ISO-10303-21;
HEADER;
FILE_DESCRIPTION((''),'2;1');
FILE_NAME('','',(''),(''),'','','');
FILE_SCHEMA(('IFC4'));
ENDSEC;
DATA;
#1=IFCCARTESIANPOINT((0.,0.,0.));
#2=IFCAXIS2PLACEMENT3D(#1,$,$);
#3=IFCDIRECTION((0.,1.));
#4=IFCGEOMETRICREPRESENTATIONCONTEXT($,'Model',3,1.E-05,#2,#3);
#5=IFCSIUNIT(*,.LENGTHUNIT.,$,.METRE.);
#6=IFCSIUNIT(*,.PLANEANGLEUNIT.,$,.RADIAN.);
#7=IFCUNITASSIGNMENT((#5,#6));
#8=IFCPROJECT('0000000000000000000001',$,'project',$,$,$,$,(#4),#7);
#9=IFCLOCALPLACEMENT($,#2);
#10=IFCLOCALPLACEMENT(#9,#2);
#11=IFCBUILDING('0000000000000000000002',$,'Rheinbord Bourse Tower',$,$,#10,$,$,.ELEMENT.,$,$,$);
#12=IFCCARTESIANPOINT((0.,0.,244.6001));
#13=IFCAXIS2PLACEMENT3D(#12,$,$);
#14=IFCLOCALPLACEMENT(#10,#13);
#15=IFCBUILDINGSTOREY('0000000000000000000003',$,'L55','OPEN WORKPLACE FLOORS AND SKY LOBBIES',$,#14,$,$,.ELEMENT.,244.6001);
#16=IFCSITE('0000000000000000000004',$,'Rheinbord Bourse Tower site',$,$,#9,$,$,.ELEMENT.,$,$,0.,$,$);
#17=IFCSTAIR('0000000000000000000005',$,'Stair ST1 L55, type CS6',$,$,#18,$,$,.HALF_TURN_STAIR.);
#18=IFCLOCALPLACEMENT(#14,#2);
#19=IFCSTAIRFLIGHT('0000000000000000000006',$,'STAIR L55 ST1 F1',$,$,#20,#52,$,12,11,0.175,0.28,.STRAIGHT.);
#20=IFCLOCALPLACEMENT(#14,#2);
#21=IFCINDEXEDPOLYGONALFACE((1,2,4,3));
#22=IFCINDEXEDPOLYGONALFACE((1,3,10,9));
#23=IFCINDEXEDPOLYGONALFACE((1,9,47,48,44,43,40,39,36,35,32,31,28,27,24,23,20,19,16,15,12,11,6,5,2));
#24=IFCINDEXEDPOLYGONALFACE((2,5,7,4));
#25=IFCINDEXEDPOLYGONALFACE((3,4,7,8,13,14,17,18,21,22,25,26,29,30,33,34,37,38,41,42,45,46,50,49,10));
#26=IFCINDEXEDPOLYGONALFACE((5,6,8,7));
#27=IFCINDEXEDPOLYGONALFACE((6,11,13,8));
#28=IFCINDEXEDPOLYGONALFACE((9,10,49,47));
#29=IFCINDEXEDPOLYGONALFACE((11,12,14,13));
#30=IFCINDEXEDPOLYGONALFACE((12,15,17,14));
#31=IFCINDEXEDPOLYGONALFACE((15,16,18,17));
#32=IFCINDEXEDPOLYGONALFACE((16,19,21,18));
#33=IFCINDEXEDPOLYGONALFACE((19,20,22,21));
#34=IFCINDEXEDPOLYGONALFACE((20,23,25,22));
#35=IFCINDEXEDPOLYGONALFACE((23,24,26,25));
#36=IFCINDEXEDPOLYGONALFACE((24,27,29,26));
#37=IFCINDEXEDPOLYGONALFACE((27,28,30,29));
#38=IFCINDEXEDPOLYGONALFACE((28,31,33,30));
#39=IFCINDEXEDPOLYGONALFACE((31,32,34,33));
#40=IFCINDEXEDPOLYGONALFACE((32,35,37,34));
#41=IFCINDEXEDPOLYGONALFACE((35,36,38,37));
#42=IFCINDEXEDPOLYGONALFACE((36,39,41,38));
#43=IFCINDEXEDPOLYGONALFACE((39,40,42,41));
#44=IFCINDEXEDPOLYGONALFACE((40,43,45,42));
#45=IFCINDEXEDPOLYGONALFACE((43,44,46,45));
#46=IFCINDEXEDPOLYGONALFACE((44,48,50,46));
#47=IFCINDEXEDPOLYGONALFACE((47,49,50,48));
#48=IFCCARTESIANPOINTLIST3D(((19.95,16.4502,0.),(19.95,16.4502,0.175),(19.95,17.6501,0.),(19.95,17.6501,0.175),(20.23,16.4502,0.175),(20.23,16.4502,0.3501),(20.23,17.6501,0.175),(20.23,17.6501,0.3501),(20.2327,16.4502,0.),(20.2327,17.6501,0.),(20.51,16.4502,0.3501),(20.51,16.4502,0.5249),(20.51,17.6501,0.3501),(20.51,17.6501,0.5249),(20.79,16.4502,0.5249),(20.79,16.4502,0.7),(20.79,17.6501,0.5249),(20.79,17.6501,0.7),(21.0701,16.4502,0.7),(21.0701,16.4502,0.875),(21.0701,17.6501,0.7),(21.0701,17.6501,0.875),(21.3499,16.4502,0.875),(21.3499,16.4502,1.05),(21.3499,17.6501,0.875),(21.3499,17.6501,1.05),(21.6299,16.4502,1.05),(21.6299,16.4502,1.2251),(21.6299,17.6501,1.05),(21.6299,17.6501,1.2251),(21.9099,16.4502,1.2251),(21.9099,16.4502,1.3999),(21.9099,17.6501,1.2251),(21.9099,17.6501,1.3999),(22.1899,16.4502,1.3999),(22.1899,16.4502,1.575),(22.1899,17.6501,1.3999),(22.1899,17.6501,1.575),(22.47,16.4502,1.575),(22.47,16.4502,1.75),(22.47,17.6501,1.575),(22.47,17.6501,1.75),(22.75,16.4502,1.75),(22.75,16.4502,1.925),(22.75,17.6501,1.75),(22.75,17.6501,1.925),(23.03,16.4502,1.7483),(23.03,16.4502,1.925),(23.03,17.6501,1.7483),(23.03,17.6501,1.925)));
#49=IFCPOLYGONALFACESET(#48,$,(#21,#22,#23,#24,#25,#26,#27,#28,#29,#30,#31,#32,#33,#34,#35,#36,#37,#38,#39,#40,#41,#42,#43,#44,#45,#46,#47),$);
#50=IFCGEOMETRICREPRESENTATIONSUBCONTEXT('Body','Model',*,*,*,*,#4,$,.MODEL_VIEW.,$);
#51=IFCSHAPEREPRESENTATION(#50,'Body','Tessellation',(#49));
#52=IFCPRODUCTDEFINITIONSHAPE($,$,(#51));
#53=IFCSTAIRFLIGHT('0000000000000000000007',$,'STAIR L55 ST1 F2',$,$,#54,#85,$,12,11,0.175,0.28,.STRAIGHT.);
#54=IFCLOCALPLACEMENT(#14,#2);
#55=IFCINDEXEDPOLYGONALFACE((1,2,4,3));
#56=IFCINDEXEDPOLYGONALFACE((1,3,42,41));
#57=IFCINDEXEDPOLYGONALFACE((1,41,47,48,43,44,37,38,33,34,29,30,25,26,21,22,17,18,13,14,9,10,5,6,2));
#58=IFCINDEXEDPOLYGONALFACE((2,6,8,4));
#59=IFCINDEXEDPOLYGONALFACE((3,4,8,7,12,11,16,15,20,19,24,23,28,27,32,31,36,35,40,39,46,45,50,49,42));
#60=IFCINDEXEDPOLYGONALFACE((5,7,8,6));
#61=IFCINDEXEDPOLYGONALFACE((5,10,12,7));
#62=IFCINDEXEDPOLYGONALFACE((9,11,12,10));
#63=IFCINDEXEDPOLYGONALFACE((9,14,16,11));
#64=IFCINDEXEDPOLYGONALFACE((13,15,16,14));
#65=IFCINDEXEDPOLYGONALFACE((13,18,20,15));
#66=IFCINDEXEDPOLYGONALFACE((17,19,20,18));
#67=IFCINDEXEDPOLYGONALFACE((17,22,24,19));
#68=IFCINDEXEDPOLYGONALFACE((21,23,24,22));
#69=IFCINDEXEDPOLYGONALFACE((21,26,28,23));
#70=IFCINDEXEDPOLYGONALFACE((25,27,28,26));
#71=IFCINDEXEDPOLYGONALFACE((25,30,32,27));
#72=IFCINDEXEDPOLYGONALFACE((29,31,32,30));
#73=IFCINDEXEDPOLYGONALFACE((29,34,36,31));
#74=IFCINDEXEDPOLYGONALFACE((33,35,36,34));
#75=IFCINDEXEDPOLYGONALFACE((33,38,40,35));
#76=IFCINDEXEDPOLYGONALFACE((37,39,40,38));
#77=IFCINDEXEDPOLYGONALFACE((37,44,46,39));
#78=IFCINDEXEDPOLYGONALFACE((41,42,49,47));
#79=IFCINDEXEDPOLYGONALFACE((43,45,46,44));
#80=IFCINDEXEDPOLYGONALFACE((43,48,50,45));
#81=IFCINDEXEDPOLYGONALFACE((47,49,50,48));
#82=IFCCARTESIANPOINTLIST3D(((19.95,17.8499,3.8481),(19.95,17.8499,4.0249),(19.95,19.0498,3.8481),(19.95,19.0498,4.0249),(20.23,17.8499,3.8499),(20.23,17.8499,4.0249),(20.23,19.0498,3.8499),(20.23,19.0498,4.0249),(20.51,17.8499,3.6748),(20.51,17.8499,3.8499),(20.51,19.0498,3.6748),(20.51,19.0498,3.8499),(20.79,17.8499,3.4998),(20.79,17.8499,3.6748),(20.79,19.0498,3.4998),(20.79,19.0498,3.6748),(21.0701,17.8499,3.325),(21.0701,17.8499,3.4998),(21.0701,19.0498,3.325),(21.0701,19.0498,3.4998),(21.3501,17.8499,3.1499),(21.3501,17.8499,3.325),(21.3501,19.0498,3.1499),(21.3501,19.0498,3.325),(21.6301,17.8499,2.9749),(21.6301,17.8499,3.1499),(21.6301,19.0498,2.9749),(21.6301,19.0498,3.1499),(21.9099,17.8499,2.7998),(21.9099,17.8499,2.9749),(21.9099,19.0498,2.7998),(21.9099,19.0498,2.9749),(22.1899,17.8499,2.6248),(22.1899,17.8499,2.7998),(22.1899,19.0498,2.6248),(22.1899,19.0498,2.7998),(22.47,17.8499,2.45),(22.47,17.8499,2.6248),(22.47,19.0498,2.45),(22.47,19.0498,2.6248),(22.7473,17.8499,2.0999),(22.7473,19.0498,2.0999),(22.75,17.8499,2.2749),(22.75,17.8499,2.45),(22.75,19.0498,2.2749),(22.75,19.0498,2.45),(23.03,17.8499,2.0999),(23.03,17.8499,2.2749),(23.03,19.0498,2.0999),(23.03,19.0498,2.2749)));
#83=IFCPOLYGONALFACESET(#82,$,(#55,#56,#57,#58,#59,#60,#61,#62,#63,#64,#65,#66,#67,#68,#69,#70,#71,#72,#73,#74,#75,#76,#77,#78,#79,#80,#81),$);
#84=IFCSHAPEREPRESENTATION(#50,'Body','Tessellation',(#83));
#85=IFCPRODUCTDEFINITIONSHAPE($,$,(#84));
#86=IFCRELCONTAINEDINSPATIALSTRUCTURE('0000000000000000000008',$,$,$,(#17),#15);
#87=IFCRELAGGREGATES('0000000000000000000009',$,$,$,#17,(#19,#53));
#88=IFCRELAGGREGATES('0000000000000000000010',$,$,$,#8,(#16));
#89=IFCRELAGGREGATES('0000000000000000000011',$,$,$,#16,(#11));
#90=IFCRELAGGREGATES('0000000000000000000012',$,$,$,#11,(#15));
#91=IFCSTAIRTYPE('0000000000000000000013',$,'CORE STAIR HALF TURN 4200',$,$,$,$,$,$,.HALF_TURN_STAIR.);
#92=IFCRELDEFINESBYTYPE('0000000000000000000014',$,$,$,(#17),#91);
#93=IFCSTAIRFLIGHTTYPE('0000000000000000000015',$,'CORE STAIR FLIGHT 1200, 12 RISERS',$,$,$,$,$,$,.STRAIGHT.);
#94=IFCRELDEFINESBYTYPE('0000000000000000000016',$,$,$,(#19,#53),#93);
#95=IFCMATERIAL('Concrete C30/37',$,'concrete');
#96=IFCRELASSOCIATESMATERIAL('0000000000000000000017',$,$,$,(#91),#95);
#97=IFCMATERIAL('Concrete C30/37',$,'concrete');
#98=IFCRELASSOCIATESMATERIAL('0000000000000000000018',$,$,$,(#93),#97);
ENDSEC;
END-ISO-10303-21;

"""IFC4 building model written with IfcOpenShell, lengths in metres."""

from ifc_helpers import new_model, si_unit, direction, frame, origin, place, context, subcontext, project, spatial, polyline, outline, extrude, material, type_object, element, aggregate, save


model = new_model("IFC4")

# Units and contexts
model_context = context("Model", 3, precision=1e-05, world=origin(), true_north=direction((0.0, 1.0)))
body_context = subcontext(model_context, "Body", "Model", "MODEL_VIEW")
ifc_project = project(units=[si_unit("LENGTHUNIT", "METRE"), si_unit("PLANEANGLEUNIT", "RADIAN")], contexts=[model_context])

# Site, building, storey
site_placement = place(None, origin())
site = spatial("IfcSite", under=ifc_project, at=site_placement, Name="Rheinbord Bourse Tower site", CompositionType="ELEMENT", RefElevation=0.0)
building_placement = place(site_placement, origin())
building = spatial("IfcBuilding", under=site, at=building_placement, Name="Rheinbord Bourse Tower", CompositionType="ELEMENT")
storey_placement = place(building_placement, frame((0.0, 0.0, 244.6001)))
storey = spatial("IfcBuildingStorey", under=building, at=storey_placement, Name="L55", Description="OPEN WORKPLACE FLOORS AND SKY LOBBIES", CompositionType="ELEMENT", Elevation=244.6001)

# Stair, stair flights
ifc_material_1 = material(Name="Concrete C30/37", Category="concrete")
stair_type = type_object("IfcStairType", Name="CORE STAIR HALF TURN 4200", PredefinedType="HALF_TURN_STAIR", material=ifc_material_1)
stair_placement = place(storey_placement, origin())
stair = element("IfcStair", 1, at=stair_placement, inside=storey, type_object=stair_type, Name="Stair ST1 L55, type CS6", PredefinedType="HALF_TURN_STAIR")
ifc_material_2 = material(Name="Concrete C30/37", Category="concrete")
stair_flight_type = type_object("IfcStairFlightType", Name="CORE STAIR FLIGHT 1200, 12 RISERS", PredefinedType="STRAIGHT", material=ifc_material_2)
stair_flight_1_placement = place(storey_placement, frame((19.95, 17.05, 0.0), z_axis=(0.0, 0.0, 1.0), x_axis=(1.0, 0.0, 0.0)))
stair_flight_1 = element("IfcStairFlight", 2, at=stair_flight_1_placement, type_object=stair_flight_type, Name="STAIR L55 ST1 F1", NumberOfRisers=12, NumberOfTreads=11, PredefinedType="STRAIGHT", RiserHeight=0.175, TreadLength=0.28, context=body_context, shape_type="SweptSolid", body=[
    extrude(outline(polyline([(0.0, 0.0), (0.0, 0.175), (0.28, 0.175), (0.28, 0.3501), (0.5601, 0.3501), (0.5601, 0.5249), (0.8401, 0.5249), (0.8401, 0.7), (1.1201, 0.7), (1.1201, 0.875), (1.3999, 0.875), (1.3999, 1.05), (1.6799, 1.05), (1.6799, 1.2251), (1.96, 1.2251), (1.96, 1.3999), (2.24, 1.3999), (2.24, 1.575), (2.52, 1.575), (2.52, 1.75), (2.8, 1.75), (2.8, 1.925), (3.0801, 1.925), (3.0801, 2.1001), (3.0801, 1.7483), (0.2827, 0.0), (0.0, 0.0)])), frame((0.0, 0.6001, 0.0), z_axis=(0.0, -1.0, 0.0), x_axis=(1.0, 0.0, 0.0)), (0.0, 0.0, 1.0), 1.2),
])
stair_flight_2_placement = place(storey_placement, frame((23.03, 18.45, 2.0999), z_axis=(0.0, 0.0, 1.0), x_axis=(-1.0, 0.0, 0.0)))
stair_flight_2 = element("IfcStairFlight", 3, at=stair_flight_2_placement, type_object=stair_flight_type, Name="STAIR L55 ST1 F2", NumberOfRisers=12, NumberOfTreads=11, PredefinedType="STRAIGHT", RiserHeight=0.175, TreadLength=0.28, context=body_context, shape_type="SweptSolid", body=[
    extrude(outline(polyline([(0.0, 0.0), (0.0, 0.175), (0.28, 0.175), (0.28, 0.3501), (0.5601, 0.3501), (0.5601, 0.5249), (0.8401, 0.5249), (0.8401, 0.7), (1.1201, 0.7), (1.1201, 0.875), (1.3999, 0.875), (1.3999, 1.05), (1.6799, 1.05), (1.6799, 1.2251), (1.96, 1.2251), (1.96, 1.3999), (2.24, 1.3999), (2.24, 1.575), (2.52, 1.575), (2.52, 1.75), (2.8, 1.75), (2.8, 1.925), (3.0801, 1.925), (3.0801, 2.1001), (3.0801, 1.7483), (0.2827, 0.0), (0.0, 0.0)])), frame((0.0, 0.6001, 0.0), z_axis=(0.0, -1.0, 0.0), x_axis=(1.0, 0.0, 0.0)), (0.0, 0.0, 1.0), 1.2),
])
aggregate(stair, [stair_flight_1, stair_flight_2])

save(model, "model.ifc")
